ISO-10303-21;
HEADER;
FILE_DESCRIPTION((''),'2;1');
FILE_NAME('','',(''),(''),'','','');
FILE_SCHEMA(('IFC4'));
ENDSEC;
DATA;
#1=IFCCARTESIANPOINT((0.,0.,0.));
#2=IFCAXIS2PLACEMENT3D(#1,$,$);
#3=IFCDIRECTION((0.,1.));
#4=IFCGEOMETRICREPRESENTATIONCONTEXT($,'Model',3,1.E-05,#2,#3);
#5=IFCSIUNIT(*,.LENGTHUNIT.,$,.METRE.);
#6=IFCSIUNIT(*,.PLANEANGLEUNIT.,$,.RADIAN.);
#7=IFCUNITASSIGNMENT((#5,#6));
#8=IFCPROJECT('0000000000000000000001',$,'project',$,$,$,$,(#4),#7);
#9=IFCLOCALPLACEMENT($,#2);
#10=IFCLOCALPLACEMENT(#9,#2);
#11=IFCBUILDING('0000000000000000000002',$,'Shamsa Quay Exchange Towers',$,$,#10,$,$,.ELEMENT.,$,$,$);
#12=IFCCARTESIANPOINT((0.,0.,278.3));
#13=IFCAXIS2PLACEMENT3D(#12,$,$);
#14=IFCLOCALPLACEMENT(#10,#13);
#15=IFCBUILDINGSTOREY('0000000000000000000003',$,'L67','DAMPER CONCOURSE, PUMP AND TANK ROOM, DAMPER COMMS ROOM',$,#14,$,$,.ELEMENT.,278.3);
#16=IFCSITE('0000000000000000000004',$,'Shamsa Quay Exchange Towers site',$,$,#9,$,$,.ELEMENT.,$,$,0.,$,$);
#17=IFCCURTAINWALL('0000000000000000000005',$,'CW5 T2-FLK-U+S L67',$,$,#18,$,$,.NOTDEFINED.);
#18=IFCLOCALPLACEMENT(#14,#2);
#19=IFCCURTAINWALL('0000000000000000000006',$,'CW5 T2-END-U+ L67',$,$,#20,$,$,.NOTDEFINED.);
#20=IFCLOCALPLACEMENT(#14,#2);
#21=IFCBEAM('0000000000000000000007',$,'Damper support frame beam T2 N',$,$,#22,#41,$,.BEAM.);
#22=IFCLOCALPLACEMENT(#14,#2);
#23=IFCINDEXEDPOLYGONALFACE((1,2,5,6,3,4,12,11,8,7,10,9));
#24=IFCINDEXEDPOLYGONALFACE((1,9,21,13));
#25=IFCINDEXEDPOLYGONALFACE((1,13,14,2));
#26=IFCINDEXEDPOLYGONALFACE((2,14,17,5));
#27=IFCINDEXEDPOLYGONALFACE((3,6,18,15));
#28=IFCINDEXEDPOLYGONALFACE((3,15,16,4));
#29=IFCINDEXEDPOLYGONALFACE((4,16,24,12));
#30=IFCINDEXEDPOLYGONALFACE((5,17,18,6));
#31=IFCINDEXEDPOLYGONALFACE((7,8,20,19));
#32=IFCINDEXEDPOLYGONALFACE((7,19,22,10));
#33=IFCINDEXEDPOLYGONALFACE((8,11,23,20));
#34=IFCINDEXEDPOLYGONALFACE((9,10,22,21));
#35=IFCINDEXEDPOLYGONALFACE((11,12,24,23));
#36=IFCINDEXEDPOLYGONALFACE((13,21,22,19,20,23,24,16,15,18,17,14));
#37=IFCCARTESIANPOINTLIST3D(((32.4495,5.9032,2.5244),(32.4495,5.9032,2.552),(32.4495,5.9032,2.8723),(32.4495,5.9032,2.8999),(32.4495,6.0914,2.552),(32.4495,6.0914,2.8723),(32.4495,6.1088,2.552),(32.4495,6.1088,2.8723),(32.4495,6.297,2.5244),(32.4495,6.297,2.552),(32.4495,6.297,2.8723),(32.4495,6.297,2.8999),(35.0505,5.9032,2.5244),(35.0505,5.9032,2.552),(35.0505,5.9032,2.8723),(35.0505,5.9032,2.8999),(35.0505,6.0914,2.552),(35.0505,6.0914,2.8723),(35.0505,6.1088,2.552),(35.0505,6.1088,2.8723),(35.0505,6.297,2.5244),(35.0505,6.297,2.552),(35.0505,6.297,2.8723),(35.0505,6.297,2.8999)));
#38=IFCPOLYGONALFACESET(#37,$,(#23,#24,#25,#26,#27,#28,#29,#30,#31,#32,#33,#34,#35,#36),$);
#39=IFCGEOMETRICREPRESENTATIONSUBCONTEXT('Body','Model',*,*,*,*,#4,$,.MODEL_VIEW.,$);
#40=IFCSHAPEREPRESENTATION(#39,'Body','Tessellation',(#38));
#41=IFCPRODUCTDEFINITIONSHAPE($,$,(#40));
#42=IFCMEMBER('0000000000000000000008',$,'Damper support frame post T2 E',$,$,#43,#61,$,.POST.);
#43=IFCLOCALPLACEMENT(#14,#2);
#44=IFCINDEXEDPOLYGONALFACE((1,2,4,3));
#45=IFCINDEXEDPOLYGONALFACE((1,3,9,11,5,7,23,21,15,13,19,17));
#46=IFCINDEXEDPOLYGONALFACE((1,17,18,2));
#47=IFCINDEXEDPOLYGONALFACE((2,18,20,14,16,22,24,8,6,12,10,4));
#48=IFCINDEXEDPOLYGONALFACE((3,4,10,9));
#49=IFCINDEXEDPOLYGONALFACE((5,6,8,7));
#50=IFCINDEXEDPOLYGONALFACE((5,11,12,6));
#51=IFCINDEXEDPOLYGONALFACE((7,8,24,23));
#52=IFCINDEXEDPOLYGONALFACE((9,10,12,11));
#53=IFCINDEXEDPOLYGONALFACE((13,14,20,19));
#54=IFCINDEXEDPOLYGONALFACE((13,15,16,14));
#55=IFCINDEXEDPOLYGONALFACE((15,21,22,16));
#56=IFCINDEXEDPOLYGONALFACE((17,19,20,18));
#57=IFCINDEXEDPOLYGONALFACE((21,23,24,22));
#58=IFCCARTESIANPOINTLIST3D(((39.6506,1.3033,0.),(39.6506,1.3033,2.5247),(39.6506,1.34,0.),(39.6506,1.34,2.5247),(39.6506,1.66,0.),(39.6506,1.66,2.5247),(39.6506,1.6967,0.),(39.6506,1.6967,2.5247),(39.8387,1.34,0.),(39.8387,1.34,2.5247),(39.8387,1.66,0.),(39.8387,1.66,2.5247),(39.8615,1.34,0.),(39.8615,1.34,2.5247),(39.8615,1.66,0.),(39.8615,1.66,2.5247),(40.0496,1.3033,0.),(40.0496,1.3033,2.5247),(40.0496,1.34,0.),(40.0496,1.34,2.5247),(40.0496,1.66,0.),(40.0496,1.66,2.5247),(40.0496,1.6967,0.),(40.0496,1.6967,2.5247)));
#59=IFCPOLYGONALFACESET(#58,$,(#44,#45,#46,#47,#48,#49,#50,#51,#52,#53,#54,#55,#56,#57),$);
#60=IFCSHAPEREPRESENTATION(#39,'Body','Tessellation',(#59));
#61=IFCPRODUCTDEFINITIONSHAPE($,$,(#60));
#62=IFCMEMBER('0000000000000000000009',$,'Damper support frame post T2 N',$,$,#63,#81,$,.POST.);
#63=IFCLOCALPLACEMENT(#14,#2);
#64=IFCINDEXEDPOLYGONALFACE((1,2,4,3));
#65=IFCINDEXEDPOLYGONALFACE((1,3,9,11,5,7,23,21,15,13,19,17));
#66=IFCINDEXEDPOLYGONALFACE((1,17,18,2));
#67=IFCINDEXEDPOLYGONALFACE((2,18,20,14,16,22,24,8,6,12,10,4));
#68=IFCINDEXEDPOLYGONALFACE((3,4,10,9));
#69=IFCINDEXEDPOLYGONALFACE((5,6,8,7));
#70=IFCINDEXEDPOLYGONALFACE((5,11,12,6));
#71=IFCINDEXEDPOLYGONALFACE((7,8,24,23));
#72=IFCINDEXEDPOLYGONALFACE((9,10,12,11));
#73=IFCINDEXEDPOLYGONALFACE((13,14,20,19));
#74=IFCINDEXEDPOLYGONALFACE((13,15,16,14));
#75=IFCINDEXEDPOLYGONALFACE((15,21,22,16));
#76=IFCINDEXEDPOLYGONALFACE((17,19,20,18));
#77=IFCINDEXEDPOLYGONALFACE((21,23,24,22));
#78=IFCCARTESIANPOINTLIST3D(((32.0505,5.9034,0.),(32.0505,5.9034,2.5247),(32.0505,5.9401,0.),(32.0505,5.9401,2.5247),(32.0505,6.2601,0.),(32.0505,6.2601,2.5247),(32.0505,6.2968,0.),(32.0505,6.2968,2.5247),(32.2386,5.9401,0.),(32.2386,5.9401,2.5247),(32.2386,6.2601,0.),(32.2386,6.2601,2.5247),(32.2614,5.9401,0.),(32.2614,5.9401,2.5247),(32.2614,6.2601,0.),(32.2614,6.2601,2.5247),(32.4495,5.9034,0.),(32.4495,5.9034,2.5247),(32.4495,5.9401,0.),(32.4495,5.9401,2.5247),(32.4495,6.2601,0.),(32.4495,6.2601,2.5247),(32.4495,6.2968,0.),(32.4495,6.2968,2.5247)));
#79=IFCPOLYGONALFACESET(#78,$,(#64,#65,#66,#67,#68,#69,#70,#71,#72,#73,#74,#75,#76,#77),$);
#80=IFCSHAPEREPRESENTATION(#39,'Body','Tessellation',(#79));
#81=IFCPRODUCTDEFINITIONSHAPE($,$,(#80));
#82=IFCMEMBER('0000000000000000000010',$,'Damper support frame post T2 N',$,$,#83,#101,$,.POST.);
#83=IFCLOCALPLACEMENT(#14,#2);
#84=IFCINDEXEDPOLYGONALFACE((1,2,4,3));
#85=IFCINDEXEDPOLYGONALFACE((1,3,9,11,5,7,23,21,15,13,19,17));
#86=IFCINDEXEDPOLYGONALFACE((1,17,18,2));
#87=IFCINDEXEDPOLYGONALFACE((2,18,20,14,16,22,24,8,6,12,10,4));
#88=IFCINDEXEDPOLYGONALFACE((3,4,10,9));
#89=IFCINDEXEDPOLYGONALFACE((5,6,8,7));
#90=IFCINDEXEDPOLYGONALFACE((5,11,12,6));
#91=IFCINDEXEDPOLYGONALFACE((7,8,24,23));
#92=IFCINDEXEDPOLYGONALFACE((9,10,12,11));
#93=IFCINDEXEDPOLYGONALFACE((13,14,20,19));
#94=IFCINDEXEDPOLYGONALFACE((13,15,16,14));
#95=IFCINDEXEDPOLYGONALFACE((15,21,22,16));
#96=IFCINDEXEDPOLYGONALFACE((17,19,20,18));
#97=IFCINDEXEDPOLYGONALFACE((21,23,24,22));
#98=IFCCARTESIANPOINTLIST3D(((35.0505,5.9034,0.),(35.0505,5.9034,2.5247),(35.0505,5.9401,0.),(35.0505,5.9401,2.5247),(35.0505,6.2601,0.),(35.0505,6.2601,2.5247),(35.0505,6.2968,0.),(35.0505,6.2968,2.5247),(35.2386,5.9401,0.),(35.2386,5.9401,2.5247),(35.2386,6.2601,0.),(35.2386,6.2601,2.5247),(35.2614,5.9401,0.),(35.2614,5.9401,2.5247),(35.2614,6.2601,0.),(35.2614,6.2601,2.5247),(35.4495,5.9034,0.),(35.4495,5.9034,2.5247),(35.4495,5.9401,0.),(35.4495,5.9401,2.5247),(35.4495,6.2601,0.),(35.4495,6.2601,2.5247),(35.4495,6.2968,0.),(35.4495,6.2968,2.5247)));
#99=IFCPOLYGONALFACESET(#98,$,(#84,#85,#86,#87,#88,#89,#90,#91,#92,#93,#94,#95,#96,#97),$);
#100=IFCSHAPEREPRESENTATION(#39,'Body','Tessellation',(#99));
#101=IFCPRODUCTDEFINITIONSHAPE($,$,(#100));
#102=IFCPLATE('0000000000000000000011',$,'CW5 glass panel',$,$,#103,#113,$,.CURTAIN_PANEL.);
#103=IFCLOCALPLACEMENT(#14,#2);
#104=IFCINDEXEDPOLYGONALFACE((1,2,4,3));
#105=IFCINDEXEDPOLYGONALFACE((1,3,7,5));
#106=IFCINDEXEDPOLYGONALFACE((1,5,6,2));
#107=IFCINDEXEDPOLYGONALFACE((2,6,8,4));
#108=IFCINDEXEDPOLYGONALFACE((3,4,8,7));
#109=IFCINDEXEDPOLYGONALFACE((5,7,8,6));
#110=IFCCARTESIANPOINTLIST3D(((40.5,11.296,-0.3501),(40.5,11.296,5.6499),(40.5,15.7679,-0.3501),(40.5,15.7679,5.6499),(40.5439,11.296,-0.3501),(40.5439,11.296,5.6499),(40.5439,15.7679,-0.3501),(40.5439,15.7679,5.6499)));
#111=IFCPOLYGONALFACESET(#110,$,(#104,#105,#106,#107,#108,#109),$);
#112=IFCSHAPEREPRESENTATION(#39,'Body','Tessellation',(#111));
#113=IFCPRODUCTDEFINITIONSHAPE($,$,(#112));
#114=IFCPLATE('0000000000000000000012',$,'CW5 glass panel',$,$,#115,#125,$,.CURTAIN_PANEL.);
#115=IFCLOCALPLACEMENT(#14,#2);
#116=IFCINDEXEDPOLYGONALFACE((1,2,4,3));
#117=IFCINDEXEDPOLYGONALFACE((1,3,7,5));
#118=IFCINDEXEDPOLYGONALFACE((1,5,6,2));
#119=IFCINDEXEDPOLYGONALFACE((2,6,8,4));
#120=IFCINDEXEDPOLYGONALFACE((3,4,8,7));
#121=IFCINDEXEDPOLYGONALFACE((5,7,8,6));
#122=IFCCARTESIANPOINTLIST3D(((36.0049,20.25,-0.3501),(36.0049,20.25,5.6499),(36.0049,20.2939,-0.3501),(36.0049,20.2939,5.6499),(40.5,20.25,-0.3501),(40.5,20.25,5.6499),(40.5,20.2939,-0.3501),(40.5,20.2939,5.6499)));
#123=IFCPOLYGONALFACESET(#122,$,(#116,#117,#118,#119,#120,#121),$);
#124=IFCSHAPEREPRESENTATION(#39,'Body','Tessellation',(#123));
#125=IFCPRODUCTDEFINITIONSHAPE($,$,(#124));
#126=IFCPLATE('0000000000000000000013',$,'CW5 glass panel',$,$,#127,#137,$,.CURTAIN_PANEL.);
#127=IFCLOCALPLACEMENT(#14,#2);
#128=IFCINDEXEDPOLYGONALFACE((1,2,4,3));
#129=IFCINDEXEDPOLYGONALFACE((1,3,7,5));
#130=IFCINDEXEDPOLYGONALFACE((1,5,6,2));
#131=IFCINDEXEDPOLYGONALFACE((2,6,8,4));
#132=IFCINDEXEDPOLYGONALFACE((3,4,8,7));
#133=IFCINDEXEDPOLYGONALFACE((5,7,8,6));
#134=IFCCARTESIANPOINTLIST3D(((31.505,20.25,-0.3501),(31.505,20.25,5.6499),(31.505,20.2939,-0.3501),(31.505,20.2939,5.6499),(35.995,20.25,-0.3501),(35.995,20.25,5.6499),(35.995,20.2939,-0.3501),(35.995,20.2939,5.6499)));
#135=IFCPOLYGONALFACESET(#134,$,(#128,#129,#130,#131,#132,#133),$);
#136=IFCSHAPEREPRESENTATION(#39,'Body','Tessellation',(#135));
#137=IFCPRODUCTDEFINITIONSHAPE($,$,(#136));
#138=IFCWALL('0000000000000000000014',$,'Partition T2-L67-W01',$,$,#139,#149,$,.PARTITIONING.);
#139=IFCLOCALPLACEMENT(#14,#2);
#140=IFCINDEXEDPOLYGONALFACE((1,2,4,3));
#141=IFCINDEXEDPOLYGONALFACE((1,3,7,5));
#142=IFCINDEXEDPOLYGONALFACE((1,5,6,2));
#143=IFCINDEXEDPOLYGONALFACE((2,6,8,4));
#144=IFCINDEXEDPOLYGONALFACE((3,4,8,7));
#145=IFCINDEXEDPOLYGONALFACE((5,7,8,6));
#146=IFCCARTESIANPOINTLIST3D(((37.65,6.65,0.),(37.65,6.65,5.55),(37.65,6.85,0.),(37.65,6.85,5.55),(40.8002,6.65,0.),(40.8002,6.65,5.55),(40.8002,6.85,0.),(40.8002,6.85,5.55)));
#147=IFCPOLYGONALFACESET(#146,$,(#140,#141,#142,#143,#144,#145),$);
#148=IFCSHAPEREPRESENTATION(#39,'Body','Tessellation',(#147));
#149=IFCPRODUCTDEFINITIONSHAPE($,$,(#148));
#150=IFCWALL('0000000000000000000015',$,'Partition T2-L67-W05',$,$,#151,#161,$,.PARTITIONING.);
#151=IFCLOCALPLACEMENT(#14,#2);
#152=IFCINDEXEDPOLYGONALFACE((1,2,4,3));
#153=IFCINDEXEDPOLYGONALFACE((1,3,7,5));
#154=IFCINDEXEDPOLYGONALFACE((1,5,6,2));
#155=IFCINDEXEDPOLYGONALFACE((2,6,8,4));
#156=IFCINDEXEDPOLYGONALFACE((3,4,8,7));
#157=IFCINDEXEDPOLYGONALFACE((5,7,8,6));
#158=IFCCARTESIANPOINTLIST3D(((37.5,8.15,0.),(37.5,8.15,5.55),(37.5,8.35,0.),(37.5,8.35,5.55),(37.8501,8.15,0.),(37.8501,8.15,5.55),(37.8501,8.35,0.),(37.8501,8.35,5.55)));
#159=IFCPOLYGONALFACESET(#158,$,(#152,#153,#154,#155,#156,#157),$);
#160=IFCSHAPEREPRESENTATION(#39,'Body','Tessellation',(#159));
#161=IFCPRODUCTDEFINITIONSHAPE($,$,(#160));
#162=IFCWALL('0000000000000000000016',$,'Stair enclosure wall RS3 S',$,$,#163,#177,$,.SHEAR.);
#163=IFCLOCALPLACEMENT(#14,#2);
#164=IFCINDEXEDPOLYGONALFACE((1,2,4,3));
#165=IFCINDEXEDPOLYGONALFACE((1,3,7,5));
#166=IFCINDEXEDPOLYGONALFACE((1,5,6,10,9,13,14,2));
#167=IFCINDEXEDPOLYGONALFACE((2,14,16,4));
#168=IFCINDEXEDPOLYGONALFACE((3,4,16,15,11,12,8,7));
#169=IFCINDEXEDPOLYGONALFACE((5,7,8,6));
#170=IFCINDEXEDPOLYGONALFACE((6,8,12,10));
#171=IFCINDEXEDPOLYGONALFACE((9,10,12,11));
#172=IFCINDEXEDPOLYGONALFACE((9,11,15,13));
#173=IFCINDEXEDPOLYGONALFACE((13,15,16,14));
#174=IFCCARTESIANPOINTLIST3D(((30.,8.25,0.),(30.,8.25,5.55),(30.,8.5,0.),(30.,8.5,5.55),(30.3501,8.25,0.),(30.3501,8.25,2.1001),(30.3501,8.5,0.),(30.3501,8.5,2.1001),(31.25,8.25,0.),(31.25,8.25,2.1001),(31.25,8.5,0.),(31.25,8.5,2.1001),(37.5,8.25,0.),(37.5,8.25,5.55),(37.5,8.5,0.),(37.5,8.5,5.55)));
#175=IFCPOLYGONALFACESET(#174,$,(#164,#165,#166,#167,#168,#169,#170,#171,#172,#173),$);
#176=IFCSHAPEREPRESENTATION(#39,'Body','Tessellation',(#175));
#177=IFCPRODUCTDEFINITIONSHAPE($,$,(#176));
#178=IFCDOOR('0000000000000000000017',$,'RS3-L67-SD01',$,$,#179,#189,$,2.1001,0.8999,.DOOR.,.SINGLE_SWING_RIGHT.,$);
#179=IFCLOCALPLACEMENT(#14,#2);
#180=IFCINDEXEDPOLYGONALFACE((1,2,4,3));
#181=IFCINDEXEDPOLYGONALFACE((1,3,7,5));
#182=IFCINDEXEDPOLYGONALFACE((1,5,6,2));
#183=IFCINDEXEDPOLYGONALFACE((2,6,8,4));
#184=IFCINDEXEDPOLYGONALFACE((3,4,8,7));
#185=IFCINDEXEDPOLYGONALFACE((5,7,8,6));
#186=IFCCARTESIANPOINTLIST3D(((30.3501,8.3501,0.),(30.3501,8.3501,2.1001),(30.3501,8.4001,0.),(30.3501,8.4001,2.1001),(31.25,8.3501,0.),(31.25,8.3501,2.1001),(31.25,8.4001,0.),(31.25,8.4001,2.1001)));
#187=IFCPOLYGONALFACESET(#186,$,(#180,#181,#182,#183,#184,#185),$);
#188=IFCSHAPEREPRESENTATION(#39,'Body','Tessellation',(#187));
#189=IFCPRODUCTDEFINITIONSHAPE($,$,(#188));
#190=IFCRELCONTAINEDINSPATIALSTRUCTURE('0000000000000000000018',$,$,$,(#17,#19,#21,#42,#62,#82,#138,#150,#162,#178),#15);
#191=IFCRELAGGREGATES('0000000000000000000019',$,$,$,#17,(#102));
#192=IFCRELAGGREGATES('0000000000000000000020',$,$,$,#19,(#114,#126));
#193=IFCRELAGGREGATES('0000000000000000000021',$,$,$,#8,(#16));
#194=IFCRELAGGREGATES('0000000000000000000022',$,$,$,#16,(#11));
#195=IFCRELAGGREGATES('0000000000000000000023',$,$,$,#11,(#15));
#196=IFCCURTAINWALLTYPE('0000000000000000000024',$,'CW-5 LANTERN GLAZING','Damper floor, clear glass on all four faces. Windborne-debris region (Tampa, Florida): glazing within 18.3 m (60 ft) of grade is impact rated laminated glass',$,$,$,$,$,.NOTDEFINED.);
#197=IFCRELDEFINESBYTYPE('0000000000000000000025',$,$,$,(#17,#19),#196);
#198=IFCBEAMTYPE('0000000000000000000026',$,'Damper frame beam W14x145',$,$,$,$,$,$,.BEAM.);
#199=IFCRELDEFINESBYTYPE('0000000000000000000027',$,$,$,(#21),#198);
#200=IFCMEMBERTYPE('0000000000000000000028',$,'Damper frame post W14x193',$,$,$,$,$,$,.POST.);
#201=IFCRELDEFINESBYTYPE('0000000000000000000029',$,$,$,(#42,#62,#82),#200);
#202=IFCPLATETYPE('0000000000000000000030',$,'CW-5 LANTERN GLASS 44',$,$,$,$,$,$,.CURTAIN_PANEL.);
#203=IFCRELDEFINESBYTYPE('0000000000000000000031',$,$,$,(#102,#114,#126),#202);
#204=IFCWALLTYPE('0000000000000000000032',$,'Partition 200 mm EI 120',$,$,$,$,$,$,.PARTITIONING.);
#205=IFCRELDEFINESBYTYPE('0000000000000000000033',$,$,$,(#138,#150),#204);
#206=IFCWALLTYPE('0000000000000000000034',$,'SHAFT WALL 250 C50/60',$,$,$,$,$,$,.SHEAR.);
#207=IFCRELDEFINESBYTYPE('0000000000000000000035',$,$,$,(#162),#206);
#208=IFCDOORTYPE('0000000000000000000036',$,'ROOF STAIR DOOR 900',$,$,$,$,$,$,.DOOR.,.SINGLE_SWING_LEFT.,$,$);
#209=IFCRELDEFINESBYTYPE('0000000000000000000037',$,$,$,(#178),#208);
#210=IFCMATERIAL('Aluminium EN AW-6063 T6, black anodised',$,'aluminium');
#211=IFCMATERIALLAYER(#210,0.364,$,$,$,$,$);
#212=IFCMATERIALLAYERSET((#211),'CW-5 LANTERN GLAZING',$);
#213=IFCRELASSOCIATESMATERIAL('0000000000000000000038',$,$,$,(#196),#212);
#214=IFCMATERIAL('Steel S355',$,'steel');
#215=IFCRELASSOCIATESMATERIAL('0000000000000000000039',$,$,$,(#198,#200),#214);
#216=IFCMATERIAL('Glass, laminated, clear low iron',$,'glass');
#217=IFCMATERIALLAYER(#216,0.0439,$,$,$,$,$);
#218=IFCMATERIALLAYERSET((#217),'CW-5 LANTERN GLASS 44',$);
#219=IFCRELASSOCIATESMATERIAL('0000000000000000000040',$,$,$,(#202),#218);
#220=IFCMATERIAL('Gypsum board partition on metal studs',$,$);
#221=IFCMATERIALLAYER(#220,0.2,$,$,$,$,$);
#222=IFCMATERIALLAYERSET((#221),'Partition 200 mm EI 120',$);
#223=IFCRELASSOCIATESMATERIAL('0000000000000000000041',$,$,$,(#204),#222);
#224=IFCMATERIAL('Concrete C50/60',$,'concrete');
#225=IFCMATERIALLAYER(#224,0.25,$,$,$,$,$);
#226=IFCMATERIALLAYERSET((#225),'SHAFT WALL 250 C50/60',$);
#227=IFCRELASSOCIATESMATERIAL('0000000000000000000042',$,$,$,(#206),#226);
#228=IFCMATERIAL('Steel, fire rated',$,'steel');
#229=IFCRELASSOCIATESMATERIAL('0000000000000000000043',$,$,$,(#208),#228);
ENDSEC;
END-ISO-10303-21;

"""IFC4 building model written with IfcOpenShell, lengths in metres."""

from ifc_helpers import new_model, si_unit, direction, frame, frame_2d, origin, origin_2d, place, context, subcontext, project, spatial, rectangle, i_section, extrude, material, layer, layer_set, material_profile, profile_set, type_object, element, fill, aggregate, save


model = new_model("IFC4")

# Units and contexts
model_context = context("Model", 3, precision=1e-05, world=origin(), true_north=direction((0.0, 1.0)))
body_context = subcontext(model_context, "Body", "Model", "MODEL_VIEW")
ifc_project = project(units=[si_unit("LENGTHUNIT", "METRE"), si_unit("PLANEANGLEUNIT", "RADIAN")], contexts=[model_context])

# Site, building, storey
site_placement = place(None, origin())
site = spatial("IfcSite", under=ifc_project, at=site_placement, Name="Shamsa Quay Exchange Towers site", CompositionType="ELEMENT", RefElevation=0.0)
building_placement = place(site_placement, origin())
building = spatial("IfcBuilding", under=site, at=building_placement, Name="Shamsa Quay Exchange Towers", CompositionType="ELEMENT")
storey_placement = place(building_placement, frame((0.0, 0.0, 278.3)))
storey = spatial("IfcBuildingStorey", under=building, at=storey_placement, Name="L67", Description="DAMPER CONCOURSE, PUMP AND TANK ROOM, DAMPER COMMS ROOM", CompositionType="ELEMENT", Elevation=278.3)

# Curtain walls
ifc_material_1 = material(Name="Aluminium EN AW-6063 T6, black anodised", Category="aluminium")
ifc_layer_1 = layer(ifc_material_1, 0.364)
ifc_layer_set_1 = layer_set([ifc_layer_1], Name="CW-5 LANTERN GLAZING")
curtain_wall_type = type_object("IfcCurtainWallType", Name="CW-5 LANTERN GLAZING", Description="Damper floor, clear glass on all four faces. Windborne-debris region (Tampa, Florida): glazing within 18.3 m (60 ft) of grade is impact rated laminated glass", PredefinedType="NOTDEFINED", material=ifc_layer_set_1)
curtain_wall_1_placement = place(storey_placement, origin())
curtain_wall_1 = element("IfcCurtainWall", 1, at=curtain_wall_1_placement, inside=storey, type_object=curtain_wall_type, Name="CW5 T2-FLK-U+S L67", PredefinedType="NOTDEFINED")
curtain_wall_2_placement = place(storey_placement, origin())
curtain_wall_2 = element("IfcCurtainWall", 2, at=curtain_wall_2_placement, inside=storey, type_object=curtain_wall_type, Name="CW5 T2-END-U+ L67", PredefinedType="NOTDEFINED")

# Beam
ifc_material_2 = material(Name="Steel S355", Category="steel")
ifc_material_profile_1 = material_profile(ifc_material_2, i_section(OverallWidth=0.3938, OverallDepth=0.3755, WebThickness=0.0173, FlangeThickness=0.0276, at=origin_2d()), Name="W14x145")
ifc_profile_set_1 = profile_set([ifc_material_profile_1], Name="Steel S355")
beam_type = type_object("IfcBeamType", Name="Damper frame beam W14x145", PredefinedType="BEAM", material=ifc_profile_set_1)
for number, where, z_axis, x_axis, name in (
    (3, (32.4495, 6.1001, 2.7122), (1.0, 0.0, 0.0), (0.0, 1.0, 0.0), "Damper support frame beam T2 N"),
):
    element("IfcBeam", number, at=place(storey_placement, frame(where, z_axis=z_axis, x_axis=x_axis)), inside=storey, type_object=beam_type, Name=name, PredefinedType="BEAM", context=body_context, shape_type="SweptSolid", body=[
        extrude(i_section(OverallWidth=0.3938, OverallDepth=0.3755, WebThickness=0.0173, FlangeThickness=0.0276, at=origin_2d()), origin(), (0.0, 0.0, 1.0), 2.6011),
    ])

# Members
ifc_material_profile_2 = material_profile(ifc_material_2, i_section(OverallWidth=0.3989, OverallDepth=0.3933, WebThickness=0.0227, FlangeThickness=0.0366, at=origin_2d()), Name="W14x193")
ifc_profile_set_2 = profile_set([ifc_material_profile_2], Name="Steel S355")
member_type_1 = type_object("IfcMemberType", Name="Damper frame post W14x193", PredefinedType="POST", material=ifc_profile_set_2)
for number, where, name in (
    (4, (39.8501, 1.5, 0.0), "Damper support frame post T2 E"),
    (5, (32.25, 6.1001, 0.0), "Damper support frame post T2 N"),
    (6, (35.25, 6.1001, 0.0), "Damper support frame post T2 N"),
):
    element("IfcMember", number, at=place(storey_placement, frame(where)), inside=storey, type_object=member_type_1, Name=name, PredefinedType="POST", context=body_context, shape_type="SweptSolid", body=[
        extrude(i_section(OverallWidth=0.3989, OverallDepth=0.3933, WebThickness=0.0227, FlangeThickness=0.0366, at=origin_2d()), origin(), (0.0, 0.0, 1.0), 2.5247),
    ])

# Plates
ifc_material_3 = material(Name="Glass, laminated, clear low iron", Category="glass")
ifc_layer_2 = layer(ifc_material_3, 0.0439)
ifc_layer_set_2 = layer_set([ifc_layer_2], Name="CW-5 LANTERN GLASS 44")
plate_type = type_object("IfcPlateType", Name="CW-5 LANTERN GLASS 44", PredefinedType="CURTAIN_PANEL", material=ifc_layer_set_2)
plate_1_placement = place(storey_placement, frame((40.522, 13.532, -0.3501), z_axis=(0.0, 0.0, 1.0), x_axis=(0.0, 1.0, 0.0)))
plate_1 = element("IfcPlate", 7, at=plate_1_placement, type_object=plate_type, Name="CW5 glass panel", PredefinedType="CURTAIN_PANEL", context=body_context, shape_type="SweptSolid", body=[
    extrude(rectangle(XDim=4.4719, YDim=0.0439, at=origin_2d()), origin(), (0.0, 0.0, 1.0), 6.0),
])
aggregate(curtain_wall_1, [plate_1])
plate_2_placement = place(storey_placement, frame((38.2524, 20.272, -0.3501), z_axis=(0.0, 0.0, 1.0), x_axis=(-1.0, 0.0, 0.0)))
plate_2 = element("IfcPlate", 8, at=plate_2_placement, type_object=plate_type, Name="CW5 glass panel", PredefinedType="CURTAIN_PANEL", context=body_context, shape_type="SweptSolid", body=[
    extrude(rectangle(XDim=4.4951, YDim=0.0439, at=origin_2d()), origin(), (0.0, 0.0, 1.0), 6.0),
])
plate_3_placement = place(storey_placement, frame((33.75, 20.272, -0.3501), z_axis=(0.0, 0.0, 1.0), x_axis=(-1.0, 0.0, 0.0)))
plate_3 = element("IfcPlate", 9, at=plate_3_placement, type_object=plate_type, Name="CW5 glass panel", PredefinedType="CURTAIN_PANEL", context=body_context, shape_type="SweptSolid", body=[
    extrude(rectangle(XDim=4.49, YDim=0.0439, at=origin_2d()), origin(), (0.0, 0.0, 1.0), 6.0),
])
aggregate(curtain_wall_2, [plate_2, plate_3])

# Wall
ifc_material_4 = material(Name="Gypsum board partition on metal studs")
ifc_layer_3 = layer(ifc_material_4, 0.2)
ifc_layer_set_3 = layer_set([ifc_layer_3], Name="Partition 200 mm EI 120")
wall_type_1 = type_object("IfcWallType", Name="Partition 200 mm EI 120", PredefinedType="PARTITIONING", material=ifc_layer_set_3)
wall_1_placement = place(storey_placement, frame((37.6499, 6.75, 0.0)))
element("IfcWall", 10, at=wall_1_placement, inside=storey, type_object=wall_type_1, Name="Partition T2-L67-W01", PredefinedType="PARTITIONING", context=body_context, shape_type="SweptSolid", body=[
    extrude(rectangle(XDim=3.1501, YDim=0.2, at=frame_2d((1.5752, 0.0))), origin(), (0.0, 0.0, 1.0), 5.55),
])

# Wall
wall_2_placement = place(storey_placement, frame((37.5, 8.25, 0.0)))
element("IfcWall", 11, at=wall_2_placement, inside=storey, type_object=wall_type_1, Name="Partition T2-L67-W05", PredefinedType="PARTITIONING", context=body_context, shape_type="SweptSolid", body=[
    extrude(rectangle(XDim=0.3501, YDim=0.2, at=frame_2d((0.175, 0.0))), origin(), (0.0, 0.0, 1.0), 5.55),
])

# Wall, opening, door
ifc_material_5 = material(Name="Concrete C50/60", Category="concrete")
ifc_layer_4 = layer(ifc_material_5, 0.25)
ifc_layer_set_4 = layer_set([ifc_layer_4], Name="SHAFT WALL 250 C50/60")
wall_type_2 = type_object("IfcWallType", Name="SHAFT WALL 250 C50/60", PredefinedType="SHEAR", material=ifc_layer_set_4)
wall_3_placement = place(storey_placement, frame((37.5, 8.375, 0.0), z_axis=(0.0, 0.0, 1.0), x_axis=(-1.0, 0.0, 0.0)))
wall_3 = element("IfcWall", 12, at=wall_3_placement, inside=storey, type_object=wall_type_2, Name="Stair enclosure wall RS3 S", PredefinedType="SHEAR", context=body_context, shape_type="SweptSolid", body=[
    extrude(rectangle(XDim=7.5, YDim=0.25, at=frame_2d((3.75, 0.0))), origin(), (0.0, 0.0, 1.0), 5.55),
])
opening_1_placement = place(wall_3_placement, frame((6.25, 0.0, 0.0)))
opening_1 = element("IfcOpeningElement", 13, at=opening_1_placement, cuts=wall_3, PredefinedType="OPENING", context=body_context, shape_type="SweptSolid", body=[
    extrude(rectangle(XDim=0.8999, YDim=2.1001, at=frame_2d((0.45, 1.05))), frame((0.0, 0.135, 0.0), z_axis=(0.0, -1.0, 0.0), x_axis=(1.0, 0.0, 0.0)), (0.0, 0.0, 1.0), 0.27),
])
ifc_material_6 = material(Name="Steel, fire rated", Category="steel")
door_type_1 = type_object("IfcDoorType", Name="ROOF STAIR DOOR 900", OperationType="SINGLE_SWING_LEFT", PredefinedType="DOOR", material=ifc_material_6)
door_1_placement = place(opening_1_placement, origin())
door_1 = element("IfcDoor", 14, at=door_1_placement, inside=storey, type_object=door_type_1, Name="RS3-L67-SD01", OperationType="SINGLE_SWING_RIGHT", OverallHeight=2.1001, OverallWidth=0.8999, PredefinedType="DOOR", context=body_context, shape_type="SweptSolid", body=[
    extrude(rectangle(XDim=0.8999, YDim=2.1001, at=frame_2d((0.45, 1.05))), frame((0.0, 0.0249, 0.0), z_axis=(0.0, -1.0, 0.0), x_axis=(1.0, 0.0, 0.0)), (0.0, 0.0, 1.0), 0.05),
])
fill(opening_1, door_1)

save(model, "model.ifc")
